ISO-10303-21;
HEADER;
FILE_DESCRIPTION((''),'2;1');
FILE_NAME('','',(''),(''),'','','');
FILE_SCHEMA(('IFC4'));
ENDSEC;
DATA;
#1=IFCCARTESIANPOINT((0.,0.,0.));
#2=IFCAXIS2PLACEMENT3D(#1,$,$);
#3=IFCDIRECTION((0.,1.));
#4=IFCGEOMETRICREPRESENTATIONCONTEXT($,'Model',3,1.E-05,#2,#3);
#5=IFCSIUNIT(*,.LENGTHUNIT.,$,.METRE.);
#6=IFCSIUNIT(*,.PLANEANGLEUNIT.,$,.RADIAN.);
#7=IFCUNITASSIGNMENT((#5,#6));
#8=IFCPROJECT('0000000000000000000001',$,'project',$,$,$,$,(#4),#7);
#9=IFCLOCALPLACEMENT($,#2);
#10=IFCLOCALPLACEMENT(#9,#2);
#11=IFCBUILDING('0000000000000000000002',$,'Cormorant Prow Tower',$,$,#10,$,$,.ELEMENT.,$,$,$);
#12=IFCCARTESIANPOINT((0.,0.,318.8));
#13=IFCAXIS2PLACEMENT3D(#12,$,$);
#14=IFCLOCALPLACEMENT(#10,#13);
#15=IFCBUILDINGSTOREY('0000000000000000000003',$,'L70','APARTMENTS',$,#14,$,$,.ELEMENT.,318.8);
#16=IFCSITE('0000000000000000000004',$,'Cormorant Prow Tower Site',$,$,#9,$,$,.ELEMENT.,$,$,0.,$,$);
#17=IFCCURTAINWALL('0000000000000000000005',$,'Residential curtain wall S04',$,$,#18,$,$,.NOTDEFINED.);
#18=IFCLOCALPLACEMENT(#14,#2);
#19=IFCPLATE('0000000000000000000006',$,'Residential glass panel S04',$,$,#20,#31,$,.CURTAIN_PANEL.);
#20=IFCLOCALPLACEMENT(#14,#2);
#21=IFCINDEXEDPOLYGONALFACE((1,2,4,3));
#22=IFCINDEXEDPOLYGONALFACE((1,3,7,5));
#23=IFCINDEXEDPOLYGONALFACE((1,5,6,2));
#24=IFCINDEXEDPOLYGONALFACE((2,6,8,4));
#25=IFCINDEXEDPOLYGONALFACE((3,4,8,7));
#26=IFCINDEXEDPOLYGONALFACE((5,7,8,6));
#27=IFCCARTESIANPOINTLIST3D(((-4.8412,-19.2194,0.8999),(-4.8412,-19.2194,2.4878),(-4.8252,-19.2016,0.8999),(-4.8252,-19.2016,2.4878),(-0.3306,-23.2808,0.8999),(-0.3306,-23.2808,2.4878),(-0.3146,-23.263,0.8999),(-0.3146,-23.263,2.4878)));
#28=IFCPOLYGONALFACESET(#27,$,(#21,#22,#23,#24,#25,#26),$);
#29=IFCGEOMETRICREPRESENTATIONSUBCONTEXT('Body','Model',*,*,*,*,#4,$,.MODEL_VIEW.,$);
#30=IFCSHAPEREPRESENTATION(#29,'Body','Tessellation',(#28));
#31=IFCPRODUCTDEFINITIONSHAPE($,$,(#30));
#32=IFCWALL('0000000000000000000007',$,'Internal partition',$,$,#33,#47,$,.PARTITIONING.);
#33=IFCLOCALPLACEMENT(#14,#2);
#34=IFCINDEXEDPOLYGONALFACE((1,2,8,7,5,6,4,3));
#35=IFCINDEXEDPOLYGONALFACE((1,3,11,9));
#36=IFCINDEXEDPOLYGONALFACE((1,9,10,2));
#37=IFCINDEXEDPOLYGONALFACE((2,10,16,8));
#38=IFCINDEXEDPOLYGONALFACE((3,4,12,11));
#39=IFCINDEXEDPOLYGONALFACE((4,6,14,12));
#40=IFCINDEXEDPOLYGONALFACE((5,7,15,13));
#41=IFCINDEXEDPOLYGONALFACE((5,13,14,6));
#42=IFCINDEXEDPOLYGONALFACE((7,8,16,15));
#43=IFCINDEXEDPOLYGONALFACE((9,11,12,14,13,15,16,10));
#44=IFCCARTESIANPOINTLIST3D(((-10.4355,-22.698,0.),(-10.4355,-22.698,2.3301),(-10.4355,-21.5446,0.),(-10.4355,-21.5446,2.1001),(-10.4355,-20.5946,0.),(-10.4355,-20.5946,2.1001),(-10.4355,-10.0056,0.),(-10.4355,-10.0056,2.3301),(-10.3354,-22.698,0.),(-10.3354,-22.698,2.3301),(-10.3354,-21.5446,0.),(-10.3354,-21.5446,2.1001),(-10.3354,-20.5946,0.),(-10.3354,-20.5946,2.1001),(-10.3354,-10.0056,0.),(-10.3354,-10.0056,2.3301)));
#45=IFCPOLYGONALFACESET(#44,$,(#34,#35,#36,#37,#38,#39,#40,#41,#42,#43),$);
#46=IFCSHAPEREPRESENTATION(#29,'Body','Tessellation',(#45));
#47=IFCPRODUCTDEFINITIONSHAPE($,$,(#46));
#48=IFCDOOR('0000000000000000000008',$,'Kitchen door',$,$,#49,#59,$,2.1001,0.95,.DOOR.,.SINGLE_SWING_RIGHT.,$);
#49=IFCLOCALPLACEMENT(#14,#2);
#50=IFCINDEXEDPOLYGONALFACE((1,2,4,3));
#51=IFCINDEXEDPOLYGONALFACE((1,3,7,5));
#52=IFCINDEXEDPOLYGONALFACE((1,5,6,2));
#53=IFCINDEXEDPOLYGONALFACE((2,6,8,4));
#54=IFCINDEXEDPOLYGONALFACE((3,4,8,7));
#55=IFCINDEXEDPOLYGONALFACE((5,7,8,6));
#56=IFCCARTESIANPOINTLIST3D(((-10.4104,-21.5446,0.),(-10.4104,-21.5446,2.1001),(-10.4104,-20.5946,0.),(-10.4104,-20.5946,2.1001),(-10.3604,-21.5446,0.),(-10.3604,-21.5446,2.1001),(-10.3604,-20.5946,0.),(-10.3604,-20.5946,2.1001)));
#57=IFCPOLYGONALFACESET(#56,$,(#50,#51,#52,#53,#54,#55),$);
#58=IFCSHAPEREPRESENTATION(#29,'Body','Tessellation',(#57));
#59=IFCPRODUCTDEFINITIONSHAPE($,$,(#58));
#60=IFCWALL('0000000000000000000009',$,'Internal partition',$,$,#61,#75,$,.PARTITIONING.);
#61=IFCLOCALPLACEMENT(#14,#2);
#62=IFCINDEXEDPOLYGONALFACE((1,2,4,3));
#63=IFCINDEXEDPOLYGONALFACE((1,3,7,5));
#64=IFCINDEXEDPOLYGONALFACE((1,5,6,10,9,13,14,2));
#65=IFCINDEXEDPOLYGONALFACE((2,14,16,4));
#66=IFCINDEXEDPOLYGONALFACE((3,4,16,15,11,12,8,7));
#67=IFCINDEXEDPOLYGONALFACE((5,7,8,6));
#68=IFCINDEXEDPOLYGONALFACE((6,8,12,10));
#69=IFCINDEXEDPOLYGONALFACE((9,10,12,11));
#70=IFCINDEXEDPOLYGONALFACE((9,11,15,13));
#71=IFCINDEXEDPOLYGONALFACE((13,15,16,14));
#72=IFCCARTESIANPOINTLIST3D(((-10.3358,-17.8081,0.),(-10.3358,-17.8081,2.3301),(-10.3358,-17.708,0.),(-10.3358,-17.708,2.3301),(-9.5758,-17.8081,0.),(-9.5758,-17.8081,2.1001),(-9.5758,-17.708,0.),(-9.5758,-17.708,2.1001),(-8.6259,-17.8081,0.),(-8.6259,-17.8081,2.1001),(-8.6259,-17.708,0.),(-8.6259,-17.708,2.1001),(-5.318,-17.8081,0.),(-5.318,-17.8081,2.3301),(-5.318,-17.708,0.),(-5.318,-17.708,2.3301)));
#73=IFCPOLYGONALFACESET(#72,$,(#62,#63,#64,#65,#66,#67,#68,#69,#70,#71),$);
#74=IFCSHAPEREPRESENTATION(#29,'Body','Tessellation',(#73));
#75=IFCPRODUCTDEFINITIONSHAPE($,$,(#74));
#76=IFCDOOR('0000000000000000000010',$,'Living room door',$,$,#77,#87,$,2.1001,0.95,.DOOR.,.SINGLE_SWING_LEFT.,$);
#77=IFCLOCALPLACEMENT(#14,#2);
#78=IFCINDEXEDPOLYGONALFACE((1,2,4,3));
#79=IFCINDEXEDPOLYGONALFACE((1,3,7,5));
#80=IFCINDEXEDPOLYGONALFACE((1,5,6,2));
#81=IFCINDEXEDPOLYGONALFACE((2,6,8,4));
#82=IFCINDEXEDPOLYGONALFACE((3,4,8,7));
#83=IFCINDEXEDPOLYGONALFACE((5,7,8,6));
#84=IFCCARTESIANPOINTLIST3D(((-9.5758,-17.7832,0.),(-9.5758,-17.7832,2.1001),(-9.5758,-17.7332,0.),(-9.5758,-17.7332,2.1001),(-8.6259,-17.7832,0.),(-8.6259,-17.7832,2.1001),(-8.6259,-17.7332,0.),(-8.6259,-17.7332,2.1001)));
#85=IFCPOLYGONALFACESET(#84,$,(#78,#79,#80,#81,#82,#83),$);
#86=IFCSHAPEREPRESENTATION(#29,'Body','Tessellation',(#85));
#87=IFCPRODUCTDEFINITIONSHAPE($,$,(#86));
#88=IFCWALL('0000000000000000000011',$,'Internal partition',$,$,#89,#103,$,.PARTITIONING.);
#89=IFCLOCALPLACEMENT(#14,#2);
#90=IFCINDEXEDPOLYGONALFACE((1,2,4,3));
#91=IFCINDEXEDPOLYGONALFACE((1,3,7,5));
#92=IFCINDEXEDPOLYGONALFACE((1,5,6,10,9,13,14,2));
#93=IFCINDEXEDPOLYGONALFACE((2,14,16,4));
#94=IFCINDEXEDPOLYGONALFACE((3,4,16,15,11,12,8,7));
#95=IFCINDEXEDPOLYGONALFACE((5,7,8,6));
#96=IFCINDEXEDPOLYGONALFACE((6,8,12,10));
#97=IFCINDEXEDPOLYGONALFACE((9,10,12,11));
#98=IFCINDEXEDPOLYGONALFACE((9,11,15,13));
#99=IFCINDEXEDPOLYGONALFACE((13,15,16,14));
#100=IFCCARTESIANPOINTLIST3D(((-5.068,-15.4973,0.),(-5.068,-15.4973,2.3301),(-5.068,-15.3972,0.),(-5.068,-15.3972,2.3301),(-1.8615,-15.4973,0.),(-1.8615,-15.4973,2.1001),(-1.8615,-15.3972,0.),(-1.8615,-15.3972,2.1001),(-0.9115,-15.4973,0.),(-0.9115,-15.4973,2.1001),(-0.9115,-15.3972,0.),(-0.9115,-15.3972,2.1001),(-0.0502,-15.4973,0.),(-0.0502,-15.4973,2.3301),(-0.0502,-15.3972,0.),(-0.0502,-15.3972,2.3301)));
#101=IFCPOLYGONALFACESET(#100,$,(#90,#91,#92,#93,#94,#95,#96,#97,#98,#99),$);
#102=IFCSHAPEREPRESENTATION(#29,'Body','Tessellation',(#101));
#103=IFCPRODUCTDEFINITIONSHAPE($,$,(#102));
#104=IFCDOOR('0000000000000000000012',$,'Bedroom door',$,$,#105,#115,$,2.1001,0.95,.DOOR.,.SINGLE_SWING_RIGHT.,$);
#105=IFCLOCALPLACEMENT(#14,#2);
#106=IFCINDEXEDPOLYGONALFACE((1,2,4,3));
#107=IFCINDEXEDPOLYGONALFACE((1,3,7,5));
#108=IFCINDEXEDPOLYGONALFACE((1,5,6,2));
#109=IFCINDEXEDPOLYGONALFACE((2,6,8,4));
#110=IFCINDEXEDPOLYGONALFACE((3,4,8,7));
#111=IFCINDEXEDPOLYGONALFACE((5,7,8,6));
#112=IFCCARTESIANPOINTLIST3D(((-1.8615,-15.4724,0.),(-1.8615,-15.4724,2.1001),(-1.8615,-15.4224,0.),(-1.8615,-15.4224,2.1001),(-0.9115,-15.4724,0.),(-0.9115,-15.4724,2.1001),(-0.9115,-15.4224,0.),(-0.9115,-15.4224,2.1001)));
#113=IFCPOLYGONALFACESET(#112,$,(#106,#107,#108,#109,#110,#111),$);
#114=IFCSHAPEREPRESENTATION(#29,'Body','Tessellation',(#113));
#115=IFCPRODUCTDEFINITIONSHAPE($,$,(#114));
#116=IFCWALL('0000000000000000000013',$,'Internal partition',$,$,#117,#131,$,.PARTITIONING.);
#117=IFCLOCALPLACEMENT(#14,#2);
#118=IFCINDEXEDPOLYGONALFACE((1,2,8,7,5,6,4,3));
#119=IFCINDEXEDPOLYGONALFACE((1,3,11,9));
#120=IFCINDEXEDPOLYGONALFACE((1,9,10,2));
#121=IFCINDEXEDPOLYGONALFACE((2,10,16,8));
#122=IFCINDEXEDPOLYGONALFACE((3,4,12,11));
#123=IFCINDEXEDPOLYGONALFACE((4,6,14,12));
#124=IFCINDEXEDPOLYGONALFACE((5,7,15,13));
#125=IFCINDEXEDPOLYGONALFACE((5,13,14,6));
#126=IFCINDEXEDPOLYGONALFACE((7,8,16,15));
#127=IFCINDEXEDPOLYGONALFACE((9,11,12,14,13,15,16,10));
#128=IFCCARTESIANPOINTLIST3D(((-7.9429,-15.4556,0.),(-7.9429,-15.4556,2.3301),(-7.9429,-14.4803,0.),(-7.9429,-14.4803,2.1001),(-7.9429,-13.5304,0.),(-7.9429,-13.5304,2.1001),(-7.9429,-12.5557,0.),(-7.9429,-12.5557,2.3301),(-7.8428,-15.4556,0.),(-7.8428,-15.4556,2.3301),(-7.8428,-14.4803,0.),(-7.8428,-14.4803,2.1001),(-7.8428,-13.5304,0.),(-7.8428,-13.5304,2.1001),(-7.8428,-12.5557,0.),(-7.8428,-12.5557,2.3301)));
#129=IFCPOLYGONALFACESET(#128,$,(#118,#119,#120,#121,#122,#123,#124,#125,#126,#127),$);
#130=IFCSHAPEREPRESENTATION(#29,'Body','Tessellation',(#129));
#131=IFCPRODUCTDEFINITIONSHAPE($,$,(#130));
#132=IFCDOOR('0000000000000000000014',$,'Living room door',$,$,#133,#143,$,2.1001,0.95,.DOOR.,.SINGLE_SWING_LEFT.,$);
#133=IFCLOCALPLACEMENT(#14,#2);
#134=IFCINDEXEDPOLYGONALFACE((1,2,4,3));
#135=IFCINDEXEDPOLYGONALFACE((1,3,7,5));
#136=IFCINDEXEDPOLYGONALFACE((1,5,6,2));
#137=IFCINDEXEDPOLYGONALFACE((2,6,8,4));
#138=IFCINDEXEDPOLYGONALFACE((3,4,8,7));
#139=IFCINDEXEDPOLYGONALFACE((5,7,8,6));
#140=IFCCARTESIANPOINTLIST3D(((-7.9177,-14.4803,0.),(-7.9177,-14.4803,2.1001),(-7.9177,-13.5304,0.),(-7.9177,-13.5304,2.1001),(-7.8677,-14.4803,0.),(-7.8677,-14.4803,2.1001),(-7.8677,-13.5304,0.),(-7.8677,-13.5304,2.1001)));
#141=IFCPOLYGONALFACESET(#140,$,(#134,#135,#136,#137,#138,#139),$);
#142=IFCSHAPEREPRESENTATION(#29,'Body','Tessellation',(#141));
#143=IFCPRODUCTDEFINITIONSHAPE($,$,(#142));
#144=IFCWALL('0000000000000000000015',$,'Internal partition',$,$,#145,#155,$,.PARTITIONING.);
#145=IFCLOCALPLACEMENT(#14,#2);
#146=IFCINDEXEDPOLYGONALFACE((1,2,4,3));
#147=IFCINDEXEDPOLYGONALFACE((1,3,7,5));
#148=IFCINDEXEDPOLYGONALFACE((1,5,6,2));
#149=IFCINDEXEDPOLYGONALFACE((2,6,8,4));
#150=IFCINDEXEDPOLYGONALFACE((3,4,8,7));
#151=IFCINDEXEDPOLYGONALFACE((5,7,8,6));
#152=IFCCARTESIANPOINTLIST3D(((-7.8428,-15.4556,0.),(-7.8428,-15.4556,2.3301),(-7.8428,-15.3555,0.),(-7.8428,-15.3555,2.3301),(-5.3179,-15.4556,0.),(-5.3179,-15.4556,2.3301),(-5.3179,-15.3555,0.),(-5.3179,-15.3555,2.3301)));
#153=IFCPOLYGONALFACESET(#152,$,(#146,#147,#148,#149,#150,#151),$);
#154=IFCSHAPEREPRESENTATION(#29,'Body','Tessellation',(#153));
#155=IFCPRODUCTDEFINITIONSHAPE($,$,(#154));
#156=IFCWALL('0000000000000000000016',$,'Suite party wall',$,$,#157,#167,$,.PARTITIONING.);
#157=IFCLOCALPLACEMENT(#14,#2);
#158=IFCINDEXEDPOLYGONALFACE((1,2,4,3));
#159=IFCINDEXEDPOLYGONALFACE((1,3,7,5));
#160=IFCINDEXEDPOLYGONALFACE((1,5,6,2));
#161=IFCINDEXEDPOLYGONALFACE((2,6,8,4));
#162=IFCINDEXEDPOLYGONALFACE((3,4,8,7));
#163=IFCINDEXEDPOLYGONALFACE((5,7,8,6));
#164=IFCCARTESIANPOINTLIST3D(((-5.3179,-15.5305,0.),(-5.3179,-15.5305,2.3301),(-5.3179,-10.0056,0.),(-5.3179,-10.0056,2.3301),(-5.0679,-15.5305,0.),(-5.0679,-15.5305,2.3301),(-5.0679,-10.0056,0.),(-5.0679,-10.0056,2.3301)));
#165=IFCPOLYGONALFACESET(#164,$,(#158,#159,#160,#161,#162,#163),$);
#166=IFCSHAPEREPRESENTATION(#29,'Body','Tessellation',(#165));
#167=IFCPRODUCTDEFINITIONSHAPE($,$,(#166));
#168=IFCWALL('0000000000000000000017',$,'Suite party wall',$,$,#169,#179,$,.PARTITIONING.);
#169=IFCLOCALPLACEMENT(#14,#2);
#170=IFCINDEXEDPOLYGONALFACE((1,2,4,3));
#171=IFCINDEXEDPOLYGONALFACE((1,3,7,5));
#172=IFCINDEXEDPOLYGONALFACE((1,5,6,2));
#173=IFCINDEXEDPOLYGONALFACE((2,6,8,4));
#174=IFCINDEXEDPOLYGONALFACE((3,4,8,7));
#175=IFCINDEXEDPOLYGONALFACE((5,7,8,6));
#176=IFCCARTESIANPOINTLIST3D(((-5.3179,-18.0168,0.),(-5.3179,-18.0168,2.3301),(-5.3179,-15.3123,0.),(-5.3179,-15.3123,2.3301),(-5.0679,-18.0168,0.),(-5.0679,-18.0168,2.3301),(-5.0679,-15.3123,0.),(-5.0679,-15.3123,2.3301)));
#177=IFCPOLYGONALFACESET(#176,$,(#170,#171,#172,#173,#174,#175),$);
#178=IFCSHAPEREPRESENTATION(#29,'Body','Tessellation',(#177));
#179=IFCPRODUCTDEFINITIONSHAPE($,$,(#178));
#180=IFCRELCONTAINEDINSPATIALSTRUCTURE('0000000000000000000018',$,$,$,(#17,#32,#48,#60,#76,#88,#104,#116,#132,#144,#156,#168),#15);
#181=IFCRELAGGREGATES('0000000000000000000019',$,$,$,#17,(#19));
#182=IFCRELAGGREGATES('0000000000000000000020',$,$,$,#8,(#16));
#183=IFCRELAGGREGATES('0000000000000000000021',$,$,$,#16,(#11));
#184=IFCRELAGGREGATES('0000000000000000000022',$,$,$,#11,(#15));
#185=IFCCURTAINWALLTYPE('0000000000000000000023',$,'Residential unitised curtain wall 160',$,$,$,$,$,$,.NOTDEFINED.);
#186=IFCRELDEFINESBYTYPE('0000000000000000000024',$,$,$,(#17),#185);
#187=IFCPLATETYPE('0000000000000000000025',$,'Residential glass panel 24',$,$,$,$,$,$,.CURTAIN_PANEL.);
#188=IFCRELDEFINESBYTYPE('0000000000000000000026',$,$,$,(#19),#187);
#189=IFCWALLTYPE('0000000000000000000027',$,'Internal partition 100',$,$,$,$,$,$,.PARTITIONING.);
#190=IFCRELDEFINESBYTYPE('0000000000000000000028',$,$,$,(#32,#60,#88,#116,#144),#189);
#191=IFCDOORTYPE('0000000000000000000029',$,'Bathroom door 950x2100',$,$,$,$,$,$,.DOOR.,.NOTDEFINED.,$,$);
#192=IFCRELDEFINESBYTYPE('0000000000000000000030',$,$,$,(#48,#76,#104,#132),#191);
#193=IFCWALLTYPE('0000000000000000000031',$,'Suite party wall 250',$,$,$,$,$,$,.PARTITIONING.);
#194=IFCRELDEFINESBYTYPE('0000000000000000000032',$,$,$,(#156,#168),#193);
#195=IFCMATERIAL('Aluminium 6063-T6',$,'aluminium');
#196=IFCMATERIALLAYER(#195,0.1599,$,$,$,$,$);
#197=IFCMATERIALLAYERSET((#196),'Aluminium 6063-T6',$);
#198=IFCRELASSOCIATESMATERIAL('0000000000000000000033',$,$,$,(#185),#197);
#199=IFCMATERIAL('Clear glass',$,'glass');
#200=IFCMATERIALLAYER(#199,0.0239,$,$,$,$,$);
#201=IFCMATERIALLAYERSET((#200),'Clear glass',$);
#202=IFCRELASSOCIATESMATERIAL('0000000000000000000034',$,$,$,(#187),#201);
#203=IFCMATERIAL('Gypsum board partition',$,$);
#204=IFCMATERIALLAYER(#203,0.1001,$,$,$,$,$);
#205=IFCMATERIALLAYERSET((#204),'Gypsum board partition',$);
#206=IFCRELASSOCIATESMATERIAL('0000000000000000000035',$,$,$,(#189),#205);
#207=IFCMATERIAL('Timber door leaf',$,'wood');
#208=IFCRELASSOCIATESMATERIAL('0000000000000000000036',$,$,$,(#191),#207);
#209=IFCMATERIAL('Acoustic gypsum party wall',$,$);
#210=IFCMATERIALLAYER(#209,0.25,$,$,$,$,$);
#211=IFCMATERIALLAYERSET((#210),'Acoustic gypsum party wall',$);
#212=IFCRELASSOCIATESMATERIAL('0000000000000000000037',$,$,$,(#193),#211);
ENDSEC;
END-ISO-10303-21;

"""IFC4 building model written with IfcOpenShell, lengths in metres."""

from ifc_helpers import new_model, si_unit, direction, frame, frame_2d, origin, origin_2d, place, context, subcontext, project, spatial, rectangle, extrude, material, layer, layer_set, type_object, element, fill, aggregate, save


model = new_model("IFC4")

# Units and contexts
model_context = context("Model", 3, precision=1e-05, world=origin(), true_north=direction((0.0, 1.0)))
body_context = subcontext(model_context, "Body", "Model", "MODEL_VIEW")
ifc_project = project(units=[si_unit("LENGTHUNIT", "METRE"), si_unit("PLANEANGLEUNIT", "RADIAN")], contexts=[model_context])

# Site, building, storey
site_placement = place(None, origin())
site = spatial("IfcSite", under=ifc_project, at=site_placement, Name="Cormorant Prow Tower Site", CompositionType="ELEMENT", RefElevation=0.0)
building_placement = place(site_placement, origin())
building = spatial("IfcBuilding", under=site, at=building_placement, Name="Cormorant Prow Tower", CompositionType="ELEMENT")
storey_placement = place(building_placement, frame((0.0, 0.0, 318.8)))
storey = spatial("IfcBuildingStorey", under=building, at=storey_placement, Name="L70", Description="APARTMENTS", CompositionType="ELEMENT", Elevation=318.8)

# Curtain wall
ifc_material_1 = material(Name="Aluminium 6063-T6", Category="aluminium")
ifc_layer_1 = layer(ifc_material_1, 0.1599)
ifc_layer_set_1 = layer_set([ifc_layer_1], Name="Aluminium 6063-T6")
curtain_wall_type = type_object("IfcCurtainWallType", Name="Residential unitised curtain wall 160", PredefinedType="NOTDEFINED", material=ifc_layer_set_1)
curtain_wall_1_placement = place(storey_placement, origin())
curtain_wall_1 = element("IfcCurtainWall", 1, at=curtain_wall_1_placement, inside=storey, type_object=curtain_wall_type, Name="Residential curtain wall S04", PredefinedType="NOTDEFINED")

# Plate
ifc_material_2 = material(Name="Clear glass", Category="glass")
ifc_layer_2 = layer(ifc_material_2, 0.0239)
ifc_layer_set_2 = layer_set([ifc_layer_2], Name="Clear glass")
plate_type = type_object("IfcPlateType", Name="Residential glass panel 24", PredefinedType="CURTAIN_PANEL", material=ifc_layer_set_2)
plate_1_placement = place(storey_placement, frame((-2.5779, -21.2412, 0.8999), z_axis=(0.0, 0.0, 1.0), x_axis=(0.743145, -0.669131, 0.0)))
plate_1 = element("IfcPlate", 2, at=plate_1_placement, type_object=plate_type, Name="Residential glass panel S04", PredefinedType="CURTAIN_PANEL", context=body_context, shape_type="SweptSolid", body=[
    extrude(rectangle(XDim=6.0696, YDim=0.0239, at=origin_2d()), origin(), (0.0, 0.0, 1.0), 1.5879),
])
aggregate(curtain_wall_1, [plate_1])

# Walls, openings, doors
ifc_material_3 = material(Name="Gypsum board partition")
ifc_layer_3 = layer(ifc_material_3, 0.1001)
ifc_layer_set_3 = layer_set([ifc_layer_3], Name="Gypsum board partition")
wall_type_1 = type_object("IfcWallType", Name="Internal partition 100", PredefinedType="PARTITIONING", material=ifc_layer_set_3)
wall_1_placement = place(storey_placement, frame((-10.3855, -22.698, 0.0), z_axis=(0.0, 0.0, 1.0), x_axis=(0.0, 1.0, 0.0)))
wall_1 = element("IfcWall", 3, at=wall_1_placement, inside=storey, type_object=wall_type_1, Name="Internal partition", PredefinedType="PARTITIONING", context=body_context, shape_type="SweptSolid", body=[
    extrude(rectangle(XDim=12.6924, YDim=0.1001, at=frame_2d((6.3462, 0.0))), origin(), (0.0, 0.0, 1.0), 2.3301),
])
opening_1_placement = place(wall_1_placement, frame((1.1533, 0.0, 0.0)))
opening_1 = element("IfcOpeningElement", 4, at=opening_1_placement, cuts=wall_1, PredefinedType="OPENING", context=body_context, shape_type="SweptSolid", body=[
    extrude(rectangle(XDim=0.95, YDim=2.1001, at=frame_2d((0.4751, 1.05))), frame((0.0, 0.0601, 0.0), z_axis=(0.0, -1.0, 0.0), x_axis=(1.0, 0.0, 0.0)), (0.0, 0.0, 1.0), 0.1201),
])
ifc_material_4 = material(Name="Timber door leaf", Category="wood")
door_type_1 = type_object("IfcDoorType", Name="Bathroom door 950x2100", OperationType="NOTDEFINED", PredefinedType="DOOR", material=ifc_material_4)
door_1_placement = place(opening_1_placement, origin())
door_1 = element("IfcDoor", 5, at=door_1_placement, inside=storey, type_object=door_type_1, Name="Kitchen door", OperationType="SINGLE_SWING_RIGHT", OverallHeight=2.1001, OverallWidth=0.95, PredefinedType="DOOR", context=body_context, shape_type="SweptSolid", body=[
    extrude(rectangle(XDim=0.95, YDim=2.1001, at=frame_2d((0.4751, 1.05))), frame((0.0, 0.0249, 0.0), z_axis=(0.0, -1.0, 0.0), x_axis=(1.0, 0.0, 0.0)), (0.0, 0.0, 1.0), 0.05),
])
fill(opening_1, door_1)
wall_2_placement = place(storey_placement, frame((-10.3357, -17.7581, 0.0), z_axis=(0.0, 0.0, 1.0), x_axis=(1.0, 0.0, 0.0)))
wall_2 = element("IfcWall", 6, at=wall_2_placement, inside=storey, type_object=wall_type_1, Name="Internal partition", PredefinedType="PARTITIONING", context=body_context, shape_type="SweptSolid", body=[
    extrude(rectangle(XDim=5.0178, YDim=0.1001, at=frame_2d((2.5088, 0.0))), origin(), (0.0, 0.0, 1.0), 2.3301),
])
opening_2_placement = place(wall_2_placement, frame((0.7598, 0.0, 0.0)))
opening_2 = element("IfcOpeningElement", 7, at=opening_2_placement, cuts=wall_2, PredefinedType="OPENING", context=body_context, shape_type="SweptSolid", body=[
    extrude(rectangle(XDim=0.95, YDim=2.1001, at=frame_2d((0.4751, 1.05))), frame((0.0, 0.0601, 0.0), z_axis=(0.0, -1.0, 0.0), x_axis=(1.0, 0.0, 0.0)), (0.0, 0.0, 1.0), 0.1201),
])
door_2_placement = place(opening_2_placement, origin())
door_2 = element("IfcDoor", 8, at=door_2_placement, inside=storey, type_object=door_type_1, Name="Living room door", OperationType="SINGLE_SWING_LEFT", OverallHeight=2.1001, OverallWidth=0.95, PredefinedType="DOOR", context=body_context, shape_type="SweptSolid", body=[
    extrude(rectangle(XDim=0.95, YDim=2.1001, at=frame_2d((0.4751, 1.05))), frame((0.0, 0.0249, 0.0), z_axis=(0.0, -1.0, 0.0), x_axis=(1.0, 0.0, 0.0)), (0.0, 0.0, 1.0), 0.05),
])
fill(opening_2, door_2)
wall_3_placement = place(storey_placement, frame((-5.0679, -15.4473, 0.0), z_axis=(0.0, 0.0, 1.0), x_axis=(1.0, 0.0, 0.0)))
wall_3 = element("IfcWall", 9, at=wall_3_placement, inside=storey, type_object=wall_type_1, Name="Internal partition", PredefinedType="PARTITIONING", context=body_context, shape_type="SweptSolid", body=[
    extrude(rectangle(XDim=5.0178, YDim=0.1001, at=frame_2d((2.5088, 0.0))), origin(), (0.0, 0.0, 1.0), 2.3301),
])
opening_3_placement = place(wall_3_placement, frame((3.2063, 0.0, 0.0)))
opening_3 = element("IfcOpeningElement", 10, at=opening_3_placement, cuts=wall_3, PredefinedType="OPENING", context=body_context, shape_type="SweptSolid", body=[
    extrude(rectangle(XDim=0.95, YDim=2.1001, at=frame_2d((0.4751, 1.05))), frame((0.0, 0.0601, 0.0), z_axis=(0.0, -1.0, 0.0), x_axis=(1.0, 0.0, 0.0)), (0.0, 0.0, 1.0), 0.1201),
])
door_3_placement = place(opening_3_placement, origin())
door_3 = element("IfcDoor", 11, at=door_3_placement, inside=storey, type_object=door_type_1, Name="Bedroom door", OperationType="SINGLE_SWING_RIGHT", OverallHeight=2.1001, OverallWidth=0.95, PredefinedType="DOOR", context=body_context, shape_type="SweptSolid", body=[
    extrude(rectangle(XDim=0.95, YDim=2.1001, at=frame_2d((0.4751, 1.05))), frame((0.0, 0.0249, 0.0), z_axis=(0.0, -1.0, 0.0), x_axis=(1.0, 0.0, 0.0)), (0.0, 0.0, 1.0), 0.05),
])
fill(opening_3, door_3)
wall_4_placement = place(storey_placement, frame((-7.8928, -15.4556, 0.0), z_axis=(0.0, 0.0, 1.0), x_axis=(0.0, 1.0, 0.0)))
wall_4 = element("IfcWall", 12, at=wall_4_placement, inside=storey, type_object=wall_type_1, Name="Internal partition", PredefinedType="PARTITIONING", context=body_context, shape_type="SweptSolid", body=[
    extrude(rectangle(XDim=2.8999, YDim=0.1001, at=frame_2d((1.45, 0.0))), origin(), (0.0, 0.0, 1.0), 2.3301),
])
opening_4_placement = place(wall_4_placement, frame((0.9751, 0.0, 0.0)))
opening_4 = element("IfcOpeningElement", 13, at=opening_4_placement, cuts=wall_4, PredefinedType="OPENING", context=body_context, shape_type="SweptSolid", body=[
    extrude(rectangle(XDim=0.95, YDim=2.1001, at=frame_2d((0.4751, 1.05))), frame((0.0, 0.0601, 0.0), z_axis=(0.0, -1.0, 0.0), x_axis=(1.0, 0.0, 0.0)), (0.0, 0.0, 1.0), 0.1201),
])
door_4_placement = place(opening_4_placement, origin())
door_4 = element("IfcDoor", 14, at=door_4_placement, inside=storey, type_object=door_type_1, Name="Living room door", OperationType="SINGLE_SWING_LEFT", OverallHeight=2.1001, OverallWidth=0.95, PredefinedType="DOOR", context=body_context, shape_type="SweptSolid", body=[
    extrude(rectangle(XDim=0.95, YDim=2.1001, at=frame_2d((0.4751, 1.05))), frame((0.0, 0.0249, 0.0), z_axis=(0.0, -1.0, 0.0), x_axis=(1.0, 0.0, 0.0)), (0.0, 0.0, 1.0), 0.05),
])
fill(opening_4, door_4)

# Walls
wall_5_placement = place(storey_placement, frame((-7.8428, -15.4055, 0.0), z_axis=(0.0, 0.0, 1.0), x_axis=(1.0, 0.0, 0.0)))
element("IfcWall", 15, at=wall_5_placement, inside=storey, type_object=wall_type_1, Name="Internal partition", PredefinedType="PARTITIONING", context=body_context, shape_type="SweptSolid", body=[
    extrude(rectangle(XDim=2.5249, YDim=0.1001, at=frame_2d((1.2625, 0.0))), origin(), (0.0, 0.0, 1.0), 2.3301),
])
ifc_material_5 = material(Name="Acoustic gypsum party wall")
ifc_layer_4 = layer(ifc_material_5, 0.25)
ifc_layer_set_4 = layer_set([ifc_layer_4], Name="Acoustic gypsum party wall")
wall_type_2 = type_object("IfcWallType", Name="Suite party wall 250", PredefinedType="PARTITIONING", material=ifc_layer_set_4)
wall_6_placement = place(storey_placement, frame((-5.1929, -15.5305, 0.0), z_axis=(0.0, 0.0, 1.0), x_axis=(0.0, 1.0, 0.0)))
element("IfcWall", 16, at=wall_6_placement, inside=storey, type_object=wall_type_2, Name="Suite party wall", PredefinedType="PARTITIONING", context=body_context, shape_type="SweptSolid", body=[
    extrude(rectangle(XDim=5.5249, YDim=0.25, at=frame_2d((2.7625, 0.0))), origin(), (0.0, 0.0, 1.0), 2.3301),
])
wall_7_placement = place(storey_placement, frame((-5.1929, -18.0168, 0.0), z_axis=(0.0, 0.0, 1.0), x_axis=(0.0, 1.0, 0.0)))
element("IfcWall", 17, at=wall_7_placement, inside=storey, type_object=wall_type_2, Name="Suite party wall", PredefinedType="PARTITIONING", context=body_context, shape_type="SweptSolid", body=[
    extrude(rectangle(XDim=2.7046, YDim=0.25, at=frame_2d((1.3523, 0.0))), origin(), (0.0, 0.0, 1.0), 2.3301),
])

save(model, "model.ifc")
